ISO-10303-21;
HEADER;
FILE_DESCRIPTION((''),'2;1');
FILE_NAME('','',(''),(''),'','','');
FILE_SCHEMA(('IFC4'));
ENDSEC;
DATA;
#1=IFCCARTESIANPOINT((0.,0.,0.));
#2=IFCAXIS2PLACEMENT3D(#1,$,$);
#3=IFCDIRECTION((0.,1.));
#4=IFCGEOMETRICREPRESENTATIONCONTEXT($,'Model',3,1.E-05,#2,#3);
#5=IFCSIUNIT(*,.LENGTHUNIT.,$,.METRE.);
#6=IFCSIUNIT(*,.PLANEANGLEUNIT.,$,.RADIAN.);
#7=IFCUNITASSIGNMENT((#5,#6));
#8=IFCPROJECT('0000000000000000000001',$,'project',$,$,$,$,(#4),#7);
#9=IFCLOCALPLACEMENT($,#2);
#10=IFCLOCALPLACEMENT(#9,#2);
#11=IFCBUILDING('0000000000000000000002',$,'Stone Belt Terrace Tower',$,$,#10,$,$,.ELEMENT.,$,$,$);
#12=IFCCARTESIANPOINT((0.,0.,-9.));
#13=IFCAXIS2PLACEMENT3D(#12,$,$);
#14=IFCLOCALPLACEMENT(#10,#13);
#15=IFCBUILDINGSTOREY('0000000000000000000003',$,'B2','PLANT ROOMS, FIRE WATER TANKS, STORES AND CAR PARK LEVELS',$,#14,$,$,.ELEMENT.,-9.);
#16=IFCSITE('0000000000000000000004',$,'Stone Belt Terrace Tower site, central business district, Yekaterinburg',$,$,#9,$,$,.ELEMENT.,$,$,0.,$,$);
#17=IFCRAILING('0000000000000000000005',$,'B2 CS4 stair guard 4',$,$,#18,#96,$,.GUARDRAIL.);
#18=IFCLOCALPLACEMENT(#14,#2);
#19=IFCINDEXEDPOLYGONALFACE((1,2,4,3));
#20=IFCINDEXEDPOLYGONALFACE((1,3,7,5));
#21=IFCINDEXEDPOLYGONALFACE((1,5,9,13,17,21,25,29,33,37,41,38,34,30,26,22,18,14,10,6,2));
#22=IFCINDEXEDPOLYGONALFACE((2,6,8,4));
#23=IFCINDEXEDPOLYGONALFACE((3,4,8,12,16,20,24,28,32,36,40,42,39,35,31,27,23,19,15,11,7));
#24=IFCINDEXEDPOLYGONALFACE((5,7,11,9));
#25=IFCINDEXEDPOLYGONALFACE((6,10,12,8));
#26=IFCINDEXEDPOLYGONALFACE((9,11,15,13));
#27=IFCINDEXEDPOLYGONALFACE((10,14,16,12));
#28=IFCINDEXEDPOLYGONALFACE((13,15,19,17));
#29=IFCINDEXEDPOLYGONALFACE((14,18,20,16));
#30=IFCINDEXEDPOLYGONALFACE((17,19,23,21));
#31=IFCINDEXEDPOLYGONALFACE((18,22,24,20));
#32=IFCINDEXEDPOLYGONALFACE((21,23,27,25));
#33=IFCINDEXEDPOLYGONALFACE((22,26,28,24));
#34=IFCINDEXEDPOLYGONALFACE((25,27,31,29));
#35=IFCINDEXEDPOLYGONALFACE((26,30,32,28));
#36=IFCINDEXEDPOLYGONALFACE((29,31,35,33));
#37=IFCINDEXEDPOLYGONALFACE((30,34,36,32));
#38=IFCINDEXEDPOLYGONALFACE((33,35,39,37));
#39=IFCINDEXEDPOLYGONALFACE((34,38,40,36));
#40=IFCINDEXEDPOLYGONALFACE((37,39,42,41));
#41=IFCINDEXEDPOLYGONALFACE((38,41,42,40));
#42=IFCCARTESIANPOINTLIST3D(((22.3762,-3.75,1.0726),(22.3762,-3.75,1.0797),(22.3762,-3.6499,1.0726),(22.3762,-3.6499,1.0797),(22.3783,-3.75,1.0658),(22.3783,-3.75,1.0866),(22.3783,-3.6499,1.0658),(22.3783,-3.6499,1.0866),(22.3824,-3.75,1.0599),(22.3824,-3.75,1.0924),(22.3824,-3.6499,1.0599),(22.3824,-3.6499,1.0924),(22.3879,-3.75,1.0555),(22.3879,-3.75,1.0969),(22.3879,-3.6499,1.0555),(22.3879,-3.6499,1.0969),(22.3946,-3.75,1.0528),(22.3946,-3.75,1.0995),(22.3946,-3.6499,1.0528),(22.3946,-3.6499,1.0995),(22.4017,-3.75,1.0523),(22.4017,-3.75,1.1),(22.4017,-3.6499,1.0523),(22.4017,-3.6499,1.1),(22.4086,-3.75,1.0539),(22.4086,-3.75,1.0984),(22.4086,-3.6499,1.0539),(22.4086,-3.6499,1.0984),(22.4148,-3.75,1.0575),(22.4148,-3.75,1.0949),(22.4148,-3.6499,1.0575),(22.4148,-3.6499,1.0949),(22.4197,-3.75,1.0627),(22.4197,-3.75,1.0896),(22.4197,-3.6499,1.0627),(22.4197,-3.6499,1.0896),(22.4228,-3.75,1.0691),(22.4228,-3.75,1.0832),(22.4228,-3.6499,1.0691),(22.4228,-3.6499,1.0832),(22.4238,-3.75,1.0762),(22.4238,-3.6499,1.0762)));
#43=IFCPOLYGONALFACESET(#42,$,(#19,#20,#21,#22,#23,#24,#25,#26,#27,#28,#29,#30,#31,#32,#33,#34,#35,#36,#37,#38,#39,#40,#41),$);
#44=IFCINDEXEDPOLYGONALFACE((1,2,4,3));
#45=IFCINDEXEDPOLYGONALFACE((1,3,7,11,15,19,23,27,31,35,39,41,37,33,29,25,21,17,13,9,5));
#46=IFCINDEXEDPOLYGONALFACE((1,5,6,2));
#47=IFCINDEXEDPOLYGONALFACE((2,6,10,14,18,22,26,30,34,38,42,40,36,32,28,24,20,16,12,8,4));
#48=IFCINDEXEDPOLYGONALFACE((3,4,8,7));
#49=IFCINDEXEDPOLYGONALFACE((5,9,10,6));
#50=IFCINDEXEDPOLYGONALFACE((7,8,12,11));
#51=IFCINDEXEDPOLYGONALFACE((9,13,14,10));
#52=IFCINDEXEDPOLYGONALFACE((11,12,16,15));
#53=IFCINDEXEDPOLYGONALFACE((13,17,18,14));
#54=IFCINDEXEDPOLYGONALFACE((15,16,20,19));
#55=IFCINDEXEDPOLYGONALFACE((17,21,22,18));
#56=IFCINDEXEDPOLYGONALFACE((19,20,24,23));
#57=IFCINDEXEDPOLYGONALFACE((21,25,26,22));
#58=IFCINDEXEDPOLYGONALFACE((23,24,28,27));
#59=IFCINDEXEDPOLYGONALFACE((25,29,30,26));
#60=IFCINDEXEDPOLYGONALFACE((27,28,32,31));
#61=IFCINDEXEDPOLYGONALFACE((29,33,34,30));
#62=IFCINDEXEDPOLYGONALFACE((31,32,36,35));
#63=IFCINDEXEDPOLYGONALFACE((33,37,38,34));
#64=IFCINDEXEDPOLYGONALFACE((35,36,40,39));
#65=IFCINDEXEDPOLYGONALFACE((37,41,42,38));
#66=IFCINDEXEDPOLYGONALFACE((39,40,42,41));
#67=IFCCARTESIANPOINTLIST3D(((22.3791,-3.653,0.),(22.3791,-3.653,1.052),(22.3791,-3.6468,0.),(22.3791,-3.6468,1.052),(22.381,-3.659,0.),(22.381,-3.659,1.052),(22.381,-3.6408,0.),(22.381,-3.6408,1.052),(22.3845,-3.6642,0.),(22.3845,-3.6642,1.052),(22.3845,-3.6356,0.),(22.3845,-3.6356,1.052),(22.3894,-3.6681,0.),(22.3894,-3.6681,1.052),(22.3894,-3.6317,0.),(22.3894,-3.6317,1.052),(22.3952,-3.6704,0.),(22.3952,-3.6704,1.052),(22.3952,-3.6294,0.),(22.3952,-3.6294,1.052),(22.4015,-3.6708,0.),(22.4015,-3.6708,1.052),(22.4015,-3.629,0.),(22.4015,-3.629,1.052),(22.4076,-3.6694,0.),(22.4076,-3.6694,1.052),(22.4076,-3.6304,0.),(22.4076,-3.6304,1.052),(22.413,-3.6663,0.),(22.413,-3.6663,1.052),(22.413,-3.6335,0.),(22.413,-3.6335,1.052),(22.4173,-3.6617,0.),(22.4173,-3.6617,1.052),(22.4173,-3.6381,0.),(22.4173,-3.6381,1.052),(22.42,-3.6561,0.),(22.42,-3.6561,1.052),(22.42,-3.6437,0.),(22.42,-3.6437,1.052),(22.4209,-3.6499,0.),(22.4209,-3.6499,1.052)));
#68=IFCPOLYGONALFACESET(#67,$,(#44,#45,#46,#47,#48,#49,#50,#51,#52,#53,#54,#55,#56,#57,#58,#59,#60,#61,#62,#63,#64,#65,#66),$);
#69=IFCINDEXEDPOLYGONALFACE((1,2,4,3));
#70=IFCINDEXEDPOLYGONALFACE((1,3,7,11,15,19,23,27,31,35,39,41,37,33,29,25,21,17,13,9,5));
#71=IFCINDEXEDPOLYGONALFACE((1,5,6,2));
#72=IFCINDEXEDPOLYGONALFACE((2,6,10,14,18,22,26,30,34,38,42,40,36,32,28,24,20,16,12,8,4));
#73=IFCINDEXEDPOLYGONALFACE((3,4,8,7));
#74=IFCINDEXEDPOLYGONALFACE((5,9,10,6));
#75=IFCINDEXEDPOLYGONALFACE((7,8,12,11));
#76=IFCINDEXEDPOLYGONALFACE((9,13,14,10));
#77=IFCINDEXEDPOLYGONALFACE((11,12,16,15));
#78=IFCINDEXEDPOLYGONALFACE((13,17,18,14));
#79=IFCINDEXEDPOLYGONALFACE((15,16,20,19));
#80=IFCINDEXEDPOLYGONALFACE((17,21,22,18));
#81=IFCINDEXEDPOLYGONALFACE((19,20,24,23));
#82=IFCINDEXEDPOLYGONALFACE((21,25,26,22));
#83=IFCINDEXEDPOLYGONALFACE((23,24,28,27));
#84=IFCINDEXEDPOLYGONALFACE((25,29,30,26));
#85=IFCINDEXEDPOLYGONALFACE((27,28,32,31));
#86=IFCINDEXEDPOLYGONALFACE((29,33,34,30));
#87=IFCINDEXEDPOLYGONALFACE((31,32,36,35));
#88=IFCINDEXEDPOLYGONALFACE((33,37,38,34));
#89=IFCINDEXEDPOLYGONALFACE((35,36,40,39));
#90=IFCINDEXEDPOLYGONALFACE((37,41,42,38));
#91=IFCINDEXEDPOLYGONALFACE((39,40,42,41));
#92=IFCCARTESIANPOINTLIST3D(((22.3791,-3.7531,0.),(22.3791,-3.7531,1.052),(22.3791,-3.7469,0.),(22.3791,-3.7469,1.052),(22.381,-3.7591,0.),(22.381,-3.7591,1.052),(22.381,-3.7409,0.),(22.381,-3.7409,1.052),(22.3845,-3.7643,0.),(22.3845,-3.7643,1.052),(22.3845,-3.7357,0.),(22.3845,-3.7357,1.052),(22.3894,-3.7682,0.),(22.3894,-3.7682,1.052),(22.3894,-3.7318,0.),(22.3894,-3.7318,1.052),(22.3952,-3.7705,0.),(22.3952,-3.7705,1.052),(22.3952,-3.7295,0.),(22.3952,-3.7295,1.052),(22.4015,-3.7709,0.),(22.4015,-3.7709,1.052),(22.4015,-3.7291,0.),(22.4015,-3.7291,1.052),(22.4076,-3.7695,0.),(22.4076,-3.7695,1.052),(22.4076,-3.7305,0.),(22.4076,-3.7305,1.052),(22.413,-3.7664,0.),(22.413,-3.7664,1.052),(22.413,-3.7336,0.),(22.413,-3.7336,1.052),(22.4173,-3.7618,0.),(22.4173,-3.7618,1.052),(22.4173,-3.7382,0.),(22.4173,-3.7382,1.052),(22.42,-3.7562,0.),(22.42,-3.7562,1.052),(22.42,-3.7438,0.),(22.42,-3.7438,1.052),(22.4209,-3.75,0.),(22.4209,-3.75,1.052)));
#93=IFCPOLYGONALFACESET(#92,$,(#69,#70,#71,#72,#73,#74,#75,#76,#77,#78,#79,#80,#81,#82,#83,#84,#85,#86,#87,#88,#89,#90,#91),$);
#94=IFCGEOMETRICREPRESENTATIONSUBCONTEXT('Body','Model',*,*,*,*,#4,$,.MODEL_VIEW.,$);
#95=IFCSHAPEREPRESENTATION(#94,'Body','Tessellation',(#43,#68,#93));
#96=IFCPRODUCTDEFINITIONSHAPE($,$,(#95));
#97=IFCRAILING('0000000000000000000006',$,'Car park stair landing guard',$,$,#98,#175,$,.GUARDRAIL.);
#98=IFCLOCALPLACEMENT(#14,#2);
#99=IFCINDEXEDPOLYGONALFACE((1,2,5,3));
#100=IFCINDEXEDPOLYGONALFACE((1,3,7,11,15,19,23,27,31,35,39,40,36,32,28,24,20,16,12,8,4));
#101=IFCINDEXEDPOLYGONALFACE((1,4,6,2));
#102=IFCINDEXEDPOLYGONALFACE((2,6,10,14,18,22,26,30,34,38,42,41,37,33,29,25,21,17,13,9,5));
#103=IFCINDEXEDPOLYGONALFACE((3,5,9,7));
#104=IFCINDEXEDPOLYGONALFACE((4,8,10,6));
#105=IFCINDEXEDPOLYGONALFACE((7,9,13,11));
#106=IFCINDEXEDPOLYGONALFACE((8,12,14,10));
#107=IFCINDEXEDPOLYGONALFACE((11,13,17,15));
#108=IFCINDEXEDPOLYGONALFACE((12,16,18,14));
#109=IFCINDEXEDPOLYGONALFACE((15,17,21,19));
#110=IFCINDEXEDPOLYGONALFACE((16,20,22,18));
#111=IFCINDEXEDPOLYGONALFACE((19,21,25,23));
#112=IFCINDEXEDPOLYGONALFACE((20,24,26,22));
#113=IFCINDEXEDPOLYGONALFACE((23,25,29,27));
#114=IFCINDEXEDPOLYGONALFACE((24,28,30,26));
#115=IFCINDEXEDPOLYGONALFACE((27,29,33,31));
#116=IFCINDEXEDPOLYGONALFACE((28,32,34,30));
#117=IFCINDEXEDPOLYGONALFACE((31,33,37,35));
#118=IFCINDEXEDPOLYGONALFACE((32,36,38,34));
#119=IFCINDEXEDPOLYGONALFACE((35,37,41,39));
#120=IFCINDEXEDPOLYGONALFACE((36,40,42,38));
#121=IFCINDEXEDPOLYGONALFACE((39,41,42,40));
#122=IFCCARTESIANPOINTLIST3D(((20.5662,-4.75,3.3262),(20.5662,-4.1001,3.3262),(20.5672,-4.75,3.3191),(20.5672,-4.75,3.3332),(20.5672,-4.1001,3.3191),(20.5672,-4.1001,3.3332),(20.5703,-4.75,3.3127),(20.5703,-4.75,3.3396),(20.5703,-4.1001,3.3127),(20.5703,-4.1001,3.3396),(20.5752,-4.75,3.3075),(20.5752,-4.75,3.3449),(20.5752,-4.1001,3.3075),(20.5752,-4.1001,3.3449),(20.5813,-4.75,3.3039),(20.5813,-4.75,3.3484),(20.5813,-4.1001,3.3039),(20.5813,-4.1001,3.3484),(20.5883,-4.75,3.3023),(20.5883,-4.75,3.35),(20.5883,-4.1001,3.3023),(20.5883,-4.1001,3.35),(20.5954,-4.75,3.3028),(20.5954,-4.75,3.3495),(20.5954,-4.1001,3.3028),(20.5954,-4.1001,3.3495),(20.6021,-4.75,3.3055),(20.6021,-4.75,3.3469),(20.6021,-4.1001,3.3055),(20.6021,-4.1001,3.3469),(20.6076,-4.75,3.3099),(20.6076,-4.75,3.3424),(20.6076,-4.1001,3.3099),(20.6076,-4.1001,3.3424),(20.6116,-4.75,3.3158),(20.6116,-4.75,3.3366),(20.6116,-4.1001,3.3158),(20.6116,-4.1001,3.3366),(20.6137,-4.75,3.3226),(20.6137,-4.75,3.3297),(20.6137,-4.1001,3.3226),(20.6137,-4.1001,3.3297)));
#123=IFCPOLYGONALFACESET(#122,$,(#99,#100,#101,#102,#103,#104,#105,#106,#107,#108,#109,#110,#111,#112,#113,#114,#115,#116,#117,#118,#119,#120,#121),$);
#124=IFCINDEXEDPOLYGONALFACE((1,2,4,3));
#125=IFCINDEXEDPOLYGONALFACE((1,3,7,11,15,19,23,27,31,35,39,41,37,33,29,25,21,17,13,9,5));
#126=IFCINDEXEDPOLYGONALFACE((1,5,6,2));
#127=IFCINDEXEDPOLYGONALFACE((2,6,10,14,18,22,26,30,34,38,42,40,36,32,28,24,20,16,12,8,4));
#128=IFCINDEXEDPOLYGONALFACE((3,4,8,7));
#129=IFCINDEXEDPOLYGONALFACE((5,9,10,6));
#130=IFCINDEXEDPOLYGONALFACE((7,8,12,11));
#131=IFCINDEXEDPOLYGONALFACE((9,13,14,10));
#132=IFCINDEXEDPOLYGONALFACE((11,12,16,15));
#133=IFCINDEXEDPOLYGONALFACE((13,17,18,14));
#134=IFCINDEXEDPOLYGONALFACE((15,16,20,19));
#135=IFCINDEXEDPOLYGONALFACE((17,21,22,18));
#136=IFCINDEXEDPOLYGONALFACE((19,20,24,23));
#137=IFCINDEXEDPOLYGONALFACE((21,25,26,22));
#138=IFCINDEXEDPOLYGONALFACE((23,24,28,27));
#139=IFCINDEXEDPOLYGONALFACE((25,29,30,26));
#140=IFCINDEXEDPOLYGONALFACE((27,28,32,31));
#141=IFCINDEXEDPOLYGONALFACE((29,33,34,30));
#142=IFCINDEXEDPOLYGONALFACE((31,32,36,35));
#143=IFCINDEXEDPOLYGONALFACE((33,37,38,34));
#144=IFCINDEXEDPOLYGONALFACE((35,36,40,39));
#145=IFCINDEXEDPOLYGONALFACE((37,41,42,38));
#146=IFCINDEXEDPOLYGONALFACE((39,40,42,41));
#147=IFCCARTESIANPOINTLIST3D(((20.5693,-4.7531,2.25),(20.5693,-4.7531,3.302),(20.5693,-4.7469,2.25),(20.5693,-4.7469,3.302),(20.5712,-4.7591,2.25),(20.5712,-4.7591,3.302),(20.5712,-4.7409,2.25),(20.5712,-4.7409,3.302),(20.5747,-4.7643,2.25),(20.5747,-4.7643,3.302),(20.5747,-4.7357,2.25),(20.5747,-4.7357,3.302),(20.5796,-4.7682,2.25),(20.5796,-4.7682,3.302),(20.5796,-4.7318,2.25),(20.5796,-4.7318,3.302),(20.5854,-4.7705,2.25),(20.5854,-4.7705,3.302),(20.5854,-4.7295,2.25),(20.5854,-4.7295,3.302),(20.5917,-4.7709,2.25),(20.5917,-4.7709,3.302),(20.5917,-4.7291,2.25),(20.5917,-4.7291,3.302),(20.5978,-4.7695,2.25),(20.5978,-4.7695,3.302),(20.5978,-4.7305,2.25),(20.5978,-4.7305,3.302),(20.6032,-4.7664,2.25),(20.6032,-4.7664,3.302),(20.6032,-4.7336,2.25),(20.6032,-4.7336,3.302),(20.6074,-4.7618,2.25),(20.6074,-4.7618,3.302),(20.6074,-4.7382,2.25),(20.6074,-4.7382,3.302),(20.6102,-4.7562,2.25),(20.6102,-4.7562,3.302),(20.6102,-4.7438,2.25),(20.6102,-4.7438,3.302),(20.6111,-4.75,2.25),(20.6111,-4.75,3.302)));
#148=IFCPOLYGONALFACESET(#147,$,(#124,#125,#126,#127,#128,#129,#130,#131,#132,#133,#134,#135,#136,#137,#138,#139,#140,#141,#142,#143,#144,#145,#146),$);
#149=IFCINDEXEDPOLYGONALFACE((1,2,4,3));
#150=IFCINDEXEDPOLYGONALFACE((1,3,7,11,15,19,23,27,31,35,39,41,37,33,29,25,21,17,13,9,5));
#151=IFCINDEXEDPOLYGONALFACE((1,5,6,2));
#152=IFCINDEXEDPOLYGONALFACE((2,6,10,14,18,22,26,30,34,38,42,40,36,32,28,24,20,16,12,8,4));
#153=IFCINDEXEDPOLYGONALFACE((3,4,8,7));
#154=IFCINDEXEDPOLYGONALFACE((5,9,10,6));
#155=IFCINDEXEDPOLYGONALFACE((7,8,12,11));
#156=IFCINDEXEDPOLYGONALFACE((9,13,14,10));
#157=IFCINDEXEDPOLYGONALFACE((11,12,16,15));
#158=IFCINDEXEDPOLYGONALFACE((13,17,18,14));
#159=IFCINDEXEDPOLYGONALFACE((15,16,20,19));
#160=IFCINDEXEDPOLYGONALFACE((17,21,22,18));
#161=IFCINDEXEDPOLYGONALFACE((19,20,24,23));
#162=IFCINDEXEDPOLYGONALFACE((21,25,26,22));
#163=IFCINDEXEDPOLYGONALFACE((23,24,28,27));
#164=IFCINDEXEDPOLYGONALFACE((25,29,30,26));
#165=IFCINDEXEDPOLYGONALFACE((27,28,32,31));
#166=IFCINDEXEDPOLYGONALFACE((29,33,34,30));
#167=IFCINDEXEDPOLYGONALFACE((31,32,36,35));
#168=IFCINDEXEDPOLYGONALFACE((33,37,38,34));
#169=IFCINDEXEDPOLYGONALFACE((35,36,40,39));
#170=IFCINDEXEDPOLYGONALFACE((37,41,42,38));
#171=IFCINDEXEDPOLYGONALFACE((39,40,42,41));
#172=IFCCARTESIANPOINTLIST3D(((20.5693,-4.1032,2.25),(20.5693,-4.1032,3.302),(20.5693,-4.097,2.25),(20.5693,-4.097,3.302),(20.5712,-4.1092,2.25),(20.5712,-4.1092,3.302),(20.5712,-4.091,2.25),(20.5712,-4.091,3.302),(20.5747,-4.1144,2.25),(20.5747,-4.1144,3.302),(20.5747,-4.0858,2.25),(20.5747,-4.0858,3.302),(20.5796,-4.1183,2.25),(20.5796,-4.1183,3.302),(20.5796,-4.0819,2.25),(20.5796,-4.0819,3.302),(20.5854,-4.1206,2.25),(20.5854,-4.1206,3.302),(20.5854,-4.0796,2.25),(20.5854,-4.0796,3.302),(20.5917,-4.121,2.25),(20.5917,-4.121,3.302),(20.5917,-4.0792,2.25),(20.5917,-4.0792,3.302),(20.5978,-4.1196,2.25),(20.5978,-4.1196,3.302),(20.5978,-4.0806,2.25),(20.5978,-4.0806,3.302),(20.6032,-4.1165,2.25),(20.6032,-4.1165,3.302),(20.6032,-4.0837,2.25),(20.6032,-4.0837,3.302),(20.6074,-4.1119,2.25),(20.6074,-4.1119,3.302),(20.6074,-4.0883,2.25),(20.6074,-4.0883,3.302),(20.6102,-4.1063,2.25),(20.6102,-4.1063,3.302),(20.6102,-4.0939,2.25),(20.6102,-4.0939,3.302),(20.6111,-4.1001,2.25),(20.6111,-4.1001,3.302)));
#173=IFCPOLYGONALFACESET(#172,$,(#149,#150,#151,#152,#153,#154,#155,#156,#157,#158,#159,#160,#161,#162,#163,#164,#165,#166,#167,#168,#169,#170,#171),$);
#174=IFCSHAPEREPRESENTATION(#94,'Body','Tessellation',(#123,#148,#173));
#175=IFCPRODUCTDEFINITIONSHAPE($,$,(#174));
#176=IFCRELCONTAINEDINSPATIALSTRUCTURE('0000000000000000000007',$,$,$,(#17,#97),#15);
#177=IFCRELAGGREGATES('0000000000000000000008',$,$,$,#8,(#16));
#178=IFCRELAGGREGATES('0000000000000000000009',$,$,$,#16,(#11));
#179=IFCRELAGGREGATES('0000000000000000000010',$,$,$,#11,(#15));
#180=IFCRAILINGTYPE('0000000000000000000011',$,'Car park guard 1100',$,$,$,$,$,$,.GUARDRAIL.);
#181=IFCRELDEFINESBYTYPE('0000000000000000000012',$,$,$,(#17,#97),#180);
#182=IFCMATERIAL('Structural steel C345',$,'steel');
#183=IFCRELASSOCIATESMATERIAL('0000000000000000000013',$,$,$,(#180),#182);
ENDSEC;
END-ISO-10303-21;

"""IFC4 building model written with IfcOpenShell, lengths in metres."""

from ifc_helpers import new_model, si_unit, direction, frame, origin, origin_2d, place, context, subcontext, project, spatial, circle, extrude, material, type_object, element, save


model = new_model("IFC4")

# Units and contexts
model_context = context("Model", 3, precision=1e-05, world=origin(), true_north=direction((0.0, 1.0)))
body_context = subcontext(model_context, "Body", "Model", "MODEL_VIEW")
ifc_project = project(units=[si_unit("LENGTHUNIT", "METRE"), si_unit("PLANEANGLEUNIT", "RADIAN")], contexts=[model_context])

# Site, building, storey
site_placement = place(None, origin())
site = spatial("IfcSite", under=ifc_project, at=site_placement, Name="Stone Belt Terrace Tower site, central business district, Yekaterinburg", CompositionType="ELEMENT", RefElevation=0.0)
building_placement = place(site_placement, origin())
building = spatial("IfcBuilding", under=site, at=building_placement, Name="Stone Belt Terrace Tower", CompositionType="ELEMENT")
storey_placement = place(building_placement, frame((0.0, 0.0, -9.0)))
storey = spatial("IfcBuildingStorey", under=building, at=storey_placement, Name="B2", Description="PLANT ROOMS, FIRE WATER TANKS, STORES AND CAR PARK LEVELS", CompositionType="ELEMENT", Elevation=-9.0)

# Railings
ifc_material_1 = material(Name="Structural steel C345", Category="steel")
railing_type_1 = type_object("IfcRailingType", Name="Car park guard 1100", PredefinedType="GUARDRAIL", material=ifc_material_1)
railing_1_placement = place(storey_placement, frame((22.3999, -3.6499, 0.0)))
element("IfcRailing", 1, at=railing_1_placement, inside=storey, type_object=railing_type_1, Name="B2 CS4 stair guard 4", PredefinedType="GUARDRAIL", context=body_context, shape_type="SweptSolid", body=[
    extrude(circle(Radius=0.0239, at=origin_2d()), frame((0.0, 0.0, 1.0762), z_axis=(0.0, -1.0, 0.0), x_axis=(1.0, 0.0, 0.0)), (0.0, 0.0, 1.0), 0.1001),
    extrude(circle(Radius=0.021, at=origin_2d()), origin(), (0.0, 0.0, 1.0), 1.052),
    extrude(circle(Radius=0.021, at=origin_2d()), frame((0.0, -0.1001, 0.0)), (0.0, 0.0, 1.0), 1.052),
])
railing_2_placement = place(storey_placement, frame((20.5901, -4.75, 2.25)))
element("IfcRailing", 2, at=railing_2_placement, inside=storey, type_object=railing_type_1, Name="Car park stair landing guard", PredefinedType="GUARDRAIL", context=body_context, shape_type="SweptSolid", body=[
    extrude(circle(Radius=0.0239, at=origin_2d()), frame((0.0, 0.0, 1.0762), z_axis=(0.0, 1.0, 0.0), x_axis=(-1.0, 0.0, 0.0)), (0.0, 0.0, 1.0), 0.6499),
    extrude(circle(Radius=0.021, at=origin_2d()), origin(), (0.0, 0.0, 1.0), 1.052),
    extrude(circle(Radius=0.021, at=origin_2d()), frame((0.0, 0.6499, 0.0)), (0.0, 0.0, 1.0), 1.052),
])

save(model, "model.ifc")
